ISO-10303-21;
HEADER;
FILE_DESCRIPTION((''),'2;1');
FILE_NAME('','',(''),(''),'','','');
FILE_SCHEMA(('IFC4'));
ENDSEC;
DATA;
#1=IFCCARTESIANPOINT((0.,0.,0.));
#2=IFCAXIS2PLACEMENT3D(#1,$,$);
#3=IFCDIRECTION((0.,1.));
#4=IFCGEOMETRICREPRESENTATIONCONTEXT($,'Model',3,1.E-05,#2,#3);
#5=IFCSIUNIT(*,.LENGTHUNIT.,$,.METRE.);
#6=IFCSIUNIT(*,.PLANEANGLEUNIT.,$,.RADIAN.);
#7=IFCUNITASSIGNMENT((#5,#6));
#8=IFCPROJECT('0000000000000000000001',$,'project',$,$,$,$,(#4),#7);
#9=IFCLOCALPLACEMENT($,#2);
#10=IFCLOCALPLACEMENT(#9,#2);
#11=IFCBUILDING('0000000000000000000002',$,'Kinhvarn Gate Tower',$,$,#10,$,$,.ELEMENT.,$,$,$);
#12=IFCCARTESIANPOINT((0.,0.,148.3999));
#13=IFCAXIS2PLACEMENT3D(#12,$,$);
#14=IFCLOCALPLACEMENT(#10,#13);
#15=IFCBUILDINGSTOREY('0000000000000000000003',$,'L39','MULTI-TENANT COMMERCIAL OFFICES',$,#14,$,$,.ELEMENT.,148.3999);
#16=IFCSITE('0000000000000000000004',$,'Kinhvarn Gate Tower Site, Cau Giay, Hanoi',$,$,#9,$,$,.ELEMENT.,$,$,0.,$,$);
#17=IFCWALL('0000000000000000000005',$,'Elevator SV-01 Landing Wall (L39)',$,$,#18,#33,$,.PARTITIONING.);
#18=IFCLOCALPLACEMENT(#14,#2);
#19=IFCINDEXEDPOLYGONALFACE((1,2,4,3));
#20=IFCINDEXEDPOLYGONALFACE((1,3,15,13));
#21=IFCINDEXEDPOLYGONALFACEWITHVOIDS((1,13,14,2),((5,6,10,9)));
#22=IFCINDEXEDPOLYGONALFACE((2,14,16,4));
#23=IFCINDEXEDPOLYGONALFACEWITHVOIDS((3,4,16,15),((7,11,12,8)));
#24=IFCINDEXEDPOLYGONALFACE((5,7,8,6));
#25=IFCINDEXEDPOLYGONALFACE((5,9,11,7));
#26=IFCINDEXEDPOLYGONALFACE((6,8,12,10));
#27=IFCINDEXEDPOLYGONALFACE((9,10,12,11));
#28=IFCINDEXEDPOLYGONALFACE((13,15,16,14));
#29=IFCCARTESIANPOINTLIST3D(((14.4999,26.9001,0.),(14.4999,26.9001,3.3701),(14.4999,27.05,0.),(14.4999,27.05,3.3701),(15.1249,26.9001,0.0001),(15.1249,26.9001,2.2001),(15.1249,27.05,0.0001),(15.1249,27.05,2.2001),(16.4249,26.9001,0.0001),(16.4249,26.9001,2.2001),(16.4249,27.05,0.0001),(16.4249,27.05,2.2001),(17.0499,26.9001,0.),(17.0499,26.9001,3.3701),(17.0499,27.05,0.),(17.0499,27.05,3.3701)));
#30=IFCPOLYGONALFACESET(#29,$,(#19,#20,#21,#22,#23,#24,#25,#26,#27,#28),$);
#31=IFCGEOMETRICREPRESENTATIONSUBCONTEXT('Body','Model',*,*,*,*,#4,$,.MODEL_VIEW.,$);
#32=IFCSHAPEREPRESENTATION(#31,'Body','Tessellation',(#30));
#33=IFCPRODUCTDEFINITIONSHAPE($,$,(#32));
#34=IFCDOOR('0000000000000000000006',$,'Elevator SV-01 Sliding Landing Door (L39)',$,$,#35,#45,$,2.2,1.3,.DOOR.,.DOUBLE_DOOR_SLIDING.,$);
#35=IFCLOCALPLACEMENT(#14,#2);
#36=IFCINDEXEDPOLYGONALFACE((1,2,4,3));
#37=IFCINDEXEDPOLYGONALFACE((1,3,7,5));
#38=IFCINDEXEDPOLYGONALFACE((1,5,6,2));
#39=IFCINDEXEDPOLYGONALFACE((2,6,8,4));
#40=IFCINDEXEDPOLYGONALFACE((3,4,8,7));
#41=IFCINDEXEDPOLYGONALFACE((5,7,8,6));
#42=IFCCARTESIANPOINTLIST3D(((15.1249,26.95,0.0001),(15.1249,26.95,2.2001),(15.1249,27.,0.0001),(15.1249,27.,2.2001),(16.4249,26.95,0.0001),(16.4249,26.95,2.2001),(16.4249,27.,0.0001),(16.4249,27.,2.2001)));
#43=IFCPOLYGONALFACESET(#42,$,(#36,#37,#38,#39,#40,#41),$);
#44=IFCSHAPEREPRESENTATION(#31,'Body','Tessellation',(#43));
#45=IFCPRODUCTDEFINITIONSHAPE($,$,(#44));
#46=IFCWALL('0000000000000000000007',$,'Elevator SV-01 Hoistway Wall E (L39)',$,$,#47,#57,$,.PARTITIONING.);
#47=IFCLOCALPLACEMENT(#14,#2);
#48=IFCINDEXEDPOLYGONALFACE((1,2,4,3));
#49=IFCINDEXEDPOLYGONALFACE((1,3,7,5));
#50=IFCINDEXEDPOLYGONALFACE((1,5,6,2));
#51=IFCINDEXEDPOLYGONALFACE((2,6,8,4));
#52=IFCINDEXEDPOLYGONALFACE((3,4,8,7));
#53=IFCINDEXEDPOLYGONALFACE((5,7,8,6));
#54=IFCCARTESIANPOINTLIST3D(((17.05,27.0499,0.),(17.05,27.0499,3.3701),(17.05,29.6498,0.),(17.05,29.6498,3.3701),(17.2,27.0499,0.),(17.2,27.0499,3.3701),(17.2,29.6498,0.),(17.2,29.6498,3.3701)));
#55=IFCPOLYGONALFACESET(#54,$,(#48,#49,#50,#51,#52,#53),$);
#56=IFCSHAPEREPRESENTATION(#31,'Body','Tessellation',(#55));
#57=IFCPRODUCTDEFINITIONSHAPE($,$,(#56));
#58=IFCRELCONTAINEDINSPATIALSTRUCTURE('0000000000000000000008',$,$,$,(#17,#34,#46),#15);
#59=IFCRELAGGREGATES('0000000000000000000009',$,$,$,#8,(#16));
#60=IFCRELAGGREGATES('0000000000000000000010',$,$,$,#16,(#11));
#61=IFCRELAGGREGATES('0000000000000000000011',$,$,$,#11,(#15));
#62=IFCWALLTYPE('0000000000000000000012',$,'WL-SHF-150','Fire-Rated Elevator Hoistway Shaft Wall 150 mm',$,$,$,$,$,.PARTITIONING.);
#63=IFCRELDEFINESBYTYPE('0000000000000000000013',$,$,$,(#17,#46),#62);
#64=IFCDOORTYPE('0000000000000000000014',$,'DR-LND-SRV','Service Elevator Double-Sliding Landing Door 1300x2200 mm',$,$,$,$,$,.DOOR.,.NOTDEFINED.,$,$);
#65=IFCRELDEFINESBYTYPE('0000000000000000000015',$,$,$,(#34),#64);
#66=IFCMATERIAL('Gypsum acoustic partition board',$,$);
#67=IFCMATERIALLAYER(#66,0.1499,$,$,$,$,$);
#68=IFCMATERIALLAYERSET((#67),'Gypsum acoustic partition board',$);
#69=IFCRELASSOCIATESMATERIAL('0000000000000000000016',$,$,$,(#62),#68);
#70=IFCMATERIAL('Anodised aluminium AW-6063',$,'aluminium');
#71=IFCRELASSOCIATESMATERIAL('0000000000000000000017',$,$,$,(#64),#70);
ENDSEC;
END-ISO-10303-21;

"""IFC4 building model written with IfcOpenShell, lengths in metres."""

from ifc_helpers import new_model, si_unit, direction, frame, frame_2d, origin, place, context, subcontext, project, spatial, rectangle, extrude, material, layer, layer_set, type_object, element, fill, save


model = new_model("IFC4")

# Units and contexts
model_context = context("Model", 3, precision=1e-05, world=origin(), true_north=direction((0.0, 1.0)))
body_context = subcontext(model_context, "Body", "Model", "MODEL_VIEW")
ifc_project = project(units=[si_unit("LENGTHUNIT", "METRE"), si_unit("PLANEANGLEUNIT", "RADIAN")], contexts=[model_context])

# Site, building, storey
site_placement = place(None, origin())
site = spatial("IfcSite", under=ifc_project, at=site_placement, Name="Kinhvarn Gate Tower Site, Cau Giay, Hanoi", CompositionType="ELEMENT", RefElevation=0.0)
building_placement = place(site_placement, origin())
building = spatial("IfcBuilding", under=site, at=building_placement, Name="Kinhvarn Gate Tower", CompositionType="ELEMENT")
storey_placement = place(building_placement, frame((0.0, 0.0, 148.3999)))
storey = spatial("IfcBuildingStorey", under=building, at=storey_placement, Name="L39", Description="MULTI-TENANT COMMERCIAL OFFICES", CompositionType="ELEMENT", Elevation=148.3999)

# Shared definitions
ifc_material_1 = material(Name="Anodised aluminium AW-6063", Category="aluminium")

# Shared definitions
ifc_material_2 = material(Name="Gypsum acoustic partition board")

# Wall, opening, door
ifc_layer_1 = layer(ifc_material_2, 0.1499)
ifc_layer_set_1 = layer_set([ifc_layer_1], Name="Gypsum acoustic partition board")
wall_type_1 = type_object("IfcWallType", Name="WL-SHF-150", Description="Fire-Rated Elevator Hoistway Shaft Wall 150 mm", PredefinedType="PARTITIONING", material=ifc_layer_set_1)
wall_1_placement = place(storey_placement, frame((14.5, 26.9751, 0.0), z_axis=(0.0, 0.0, 1.0), x_axis=(1.0, 0.0, 0.0)))
wall_1 = element("IfcWall", 1, at=wall_1_placement, inside=storey, type_object=wall_type_1, Name="Elevator SV-01 Landing Wall (L39)", PredefinedType="PARTITIONING", context=body_context, shape_type="SweptSolid", body=[
    extrude(rectangle(XDim=2.55, YDim=0.1499, at=frame_2d((1.2749, 0.0))), origin(), (0.0, 0.0, 1.0), 3.3701),
])
opening_1_placement = place(wall_1_placement, frame((0.625, 0.0, 0.0)))
opening_1 = element("IfcOpeningElement", 2, at=opening_1_placement, cuts=wall_1, PredefinedType="OPENING", context=body_context, shape_type="SweptSolid", body=[
    extrude(rectangle(XDim=1.3, YDim=2.2, at=frame_2d((0.6499, 1.1001))), frame((0.0, 0.085, 0.0), z_axis=(0.0, -1.0, 0.0), x_axis=(1.0, 0.0, 0.0)), (0.0, 0.0, 1.0), 0.1699),
])
door_type_1 = type_object("IfcDoorType", Name="DR-LND-SRV", Description="Service Elevator Double-Sliding Landing Door 1300x2200 mm", OperationType="NOTDEFINED", PredefinedType="DOOR", material=ifc_material_1)
door_1_placement = place(opening_1_placement, origin())
door_1 = element("IfcDoor", 3, at=door_1_placement, inside=storey, type_object=door_type_1, Name="Elevator SV-01 Sliding Landing Door (L39)", OperationType="DOUBLE_DOOR_SLIDING", OverallHeight=2.2, OverallWidth=1.3, PredefinedType="DOOR", context=body_context, shape_type="SweptSolid", body=[
    extrude(rectangle(XDim=1.3, YDim=2.2, at=frame_2d((0.6499, 1.1001))), frame((0.0, 0.0249, 0.0), z_axis=(0.0, -1.0, 0.0), x_axis=(1.0, 0.0, 0.0)), (0.0, 0.0, 1.0), 0.05),
])
fill(opening_1, door_1)

# Wall
wall_2_placement = place(storey_placement, frame((17.125, 27.05, 0.0), z_axis=(0.0, 0.0, 1.0), x_axis=(0.0, 1.0, 0.0)))
element("IfcWall", 4, at=wall_2_placement, inside=storey, type_object=wall_type_1, Name="Elevator SV-01 Hoistway Wall E (L39)", PredefinedType="PARTITIONING", context=body_context, shape_type="SweptSolid", body=[
    extrude(rectangle(XDim=2.5999, YDim=0.1499, at=frame_2d((1.2998, 0.0))), origin(), (0.0, 0.0, 1.0), 3.3701),
])

save(model, "model.ifc")
